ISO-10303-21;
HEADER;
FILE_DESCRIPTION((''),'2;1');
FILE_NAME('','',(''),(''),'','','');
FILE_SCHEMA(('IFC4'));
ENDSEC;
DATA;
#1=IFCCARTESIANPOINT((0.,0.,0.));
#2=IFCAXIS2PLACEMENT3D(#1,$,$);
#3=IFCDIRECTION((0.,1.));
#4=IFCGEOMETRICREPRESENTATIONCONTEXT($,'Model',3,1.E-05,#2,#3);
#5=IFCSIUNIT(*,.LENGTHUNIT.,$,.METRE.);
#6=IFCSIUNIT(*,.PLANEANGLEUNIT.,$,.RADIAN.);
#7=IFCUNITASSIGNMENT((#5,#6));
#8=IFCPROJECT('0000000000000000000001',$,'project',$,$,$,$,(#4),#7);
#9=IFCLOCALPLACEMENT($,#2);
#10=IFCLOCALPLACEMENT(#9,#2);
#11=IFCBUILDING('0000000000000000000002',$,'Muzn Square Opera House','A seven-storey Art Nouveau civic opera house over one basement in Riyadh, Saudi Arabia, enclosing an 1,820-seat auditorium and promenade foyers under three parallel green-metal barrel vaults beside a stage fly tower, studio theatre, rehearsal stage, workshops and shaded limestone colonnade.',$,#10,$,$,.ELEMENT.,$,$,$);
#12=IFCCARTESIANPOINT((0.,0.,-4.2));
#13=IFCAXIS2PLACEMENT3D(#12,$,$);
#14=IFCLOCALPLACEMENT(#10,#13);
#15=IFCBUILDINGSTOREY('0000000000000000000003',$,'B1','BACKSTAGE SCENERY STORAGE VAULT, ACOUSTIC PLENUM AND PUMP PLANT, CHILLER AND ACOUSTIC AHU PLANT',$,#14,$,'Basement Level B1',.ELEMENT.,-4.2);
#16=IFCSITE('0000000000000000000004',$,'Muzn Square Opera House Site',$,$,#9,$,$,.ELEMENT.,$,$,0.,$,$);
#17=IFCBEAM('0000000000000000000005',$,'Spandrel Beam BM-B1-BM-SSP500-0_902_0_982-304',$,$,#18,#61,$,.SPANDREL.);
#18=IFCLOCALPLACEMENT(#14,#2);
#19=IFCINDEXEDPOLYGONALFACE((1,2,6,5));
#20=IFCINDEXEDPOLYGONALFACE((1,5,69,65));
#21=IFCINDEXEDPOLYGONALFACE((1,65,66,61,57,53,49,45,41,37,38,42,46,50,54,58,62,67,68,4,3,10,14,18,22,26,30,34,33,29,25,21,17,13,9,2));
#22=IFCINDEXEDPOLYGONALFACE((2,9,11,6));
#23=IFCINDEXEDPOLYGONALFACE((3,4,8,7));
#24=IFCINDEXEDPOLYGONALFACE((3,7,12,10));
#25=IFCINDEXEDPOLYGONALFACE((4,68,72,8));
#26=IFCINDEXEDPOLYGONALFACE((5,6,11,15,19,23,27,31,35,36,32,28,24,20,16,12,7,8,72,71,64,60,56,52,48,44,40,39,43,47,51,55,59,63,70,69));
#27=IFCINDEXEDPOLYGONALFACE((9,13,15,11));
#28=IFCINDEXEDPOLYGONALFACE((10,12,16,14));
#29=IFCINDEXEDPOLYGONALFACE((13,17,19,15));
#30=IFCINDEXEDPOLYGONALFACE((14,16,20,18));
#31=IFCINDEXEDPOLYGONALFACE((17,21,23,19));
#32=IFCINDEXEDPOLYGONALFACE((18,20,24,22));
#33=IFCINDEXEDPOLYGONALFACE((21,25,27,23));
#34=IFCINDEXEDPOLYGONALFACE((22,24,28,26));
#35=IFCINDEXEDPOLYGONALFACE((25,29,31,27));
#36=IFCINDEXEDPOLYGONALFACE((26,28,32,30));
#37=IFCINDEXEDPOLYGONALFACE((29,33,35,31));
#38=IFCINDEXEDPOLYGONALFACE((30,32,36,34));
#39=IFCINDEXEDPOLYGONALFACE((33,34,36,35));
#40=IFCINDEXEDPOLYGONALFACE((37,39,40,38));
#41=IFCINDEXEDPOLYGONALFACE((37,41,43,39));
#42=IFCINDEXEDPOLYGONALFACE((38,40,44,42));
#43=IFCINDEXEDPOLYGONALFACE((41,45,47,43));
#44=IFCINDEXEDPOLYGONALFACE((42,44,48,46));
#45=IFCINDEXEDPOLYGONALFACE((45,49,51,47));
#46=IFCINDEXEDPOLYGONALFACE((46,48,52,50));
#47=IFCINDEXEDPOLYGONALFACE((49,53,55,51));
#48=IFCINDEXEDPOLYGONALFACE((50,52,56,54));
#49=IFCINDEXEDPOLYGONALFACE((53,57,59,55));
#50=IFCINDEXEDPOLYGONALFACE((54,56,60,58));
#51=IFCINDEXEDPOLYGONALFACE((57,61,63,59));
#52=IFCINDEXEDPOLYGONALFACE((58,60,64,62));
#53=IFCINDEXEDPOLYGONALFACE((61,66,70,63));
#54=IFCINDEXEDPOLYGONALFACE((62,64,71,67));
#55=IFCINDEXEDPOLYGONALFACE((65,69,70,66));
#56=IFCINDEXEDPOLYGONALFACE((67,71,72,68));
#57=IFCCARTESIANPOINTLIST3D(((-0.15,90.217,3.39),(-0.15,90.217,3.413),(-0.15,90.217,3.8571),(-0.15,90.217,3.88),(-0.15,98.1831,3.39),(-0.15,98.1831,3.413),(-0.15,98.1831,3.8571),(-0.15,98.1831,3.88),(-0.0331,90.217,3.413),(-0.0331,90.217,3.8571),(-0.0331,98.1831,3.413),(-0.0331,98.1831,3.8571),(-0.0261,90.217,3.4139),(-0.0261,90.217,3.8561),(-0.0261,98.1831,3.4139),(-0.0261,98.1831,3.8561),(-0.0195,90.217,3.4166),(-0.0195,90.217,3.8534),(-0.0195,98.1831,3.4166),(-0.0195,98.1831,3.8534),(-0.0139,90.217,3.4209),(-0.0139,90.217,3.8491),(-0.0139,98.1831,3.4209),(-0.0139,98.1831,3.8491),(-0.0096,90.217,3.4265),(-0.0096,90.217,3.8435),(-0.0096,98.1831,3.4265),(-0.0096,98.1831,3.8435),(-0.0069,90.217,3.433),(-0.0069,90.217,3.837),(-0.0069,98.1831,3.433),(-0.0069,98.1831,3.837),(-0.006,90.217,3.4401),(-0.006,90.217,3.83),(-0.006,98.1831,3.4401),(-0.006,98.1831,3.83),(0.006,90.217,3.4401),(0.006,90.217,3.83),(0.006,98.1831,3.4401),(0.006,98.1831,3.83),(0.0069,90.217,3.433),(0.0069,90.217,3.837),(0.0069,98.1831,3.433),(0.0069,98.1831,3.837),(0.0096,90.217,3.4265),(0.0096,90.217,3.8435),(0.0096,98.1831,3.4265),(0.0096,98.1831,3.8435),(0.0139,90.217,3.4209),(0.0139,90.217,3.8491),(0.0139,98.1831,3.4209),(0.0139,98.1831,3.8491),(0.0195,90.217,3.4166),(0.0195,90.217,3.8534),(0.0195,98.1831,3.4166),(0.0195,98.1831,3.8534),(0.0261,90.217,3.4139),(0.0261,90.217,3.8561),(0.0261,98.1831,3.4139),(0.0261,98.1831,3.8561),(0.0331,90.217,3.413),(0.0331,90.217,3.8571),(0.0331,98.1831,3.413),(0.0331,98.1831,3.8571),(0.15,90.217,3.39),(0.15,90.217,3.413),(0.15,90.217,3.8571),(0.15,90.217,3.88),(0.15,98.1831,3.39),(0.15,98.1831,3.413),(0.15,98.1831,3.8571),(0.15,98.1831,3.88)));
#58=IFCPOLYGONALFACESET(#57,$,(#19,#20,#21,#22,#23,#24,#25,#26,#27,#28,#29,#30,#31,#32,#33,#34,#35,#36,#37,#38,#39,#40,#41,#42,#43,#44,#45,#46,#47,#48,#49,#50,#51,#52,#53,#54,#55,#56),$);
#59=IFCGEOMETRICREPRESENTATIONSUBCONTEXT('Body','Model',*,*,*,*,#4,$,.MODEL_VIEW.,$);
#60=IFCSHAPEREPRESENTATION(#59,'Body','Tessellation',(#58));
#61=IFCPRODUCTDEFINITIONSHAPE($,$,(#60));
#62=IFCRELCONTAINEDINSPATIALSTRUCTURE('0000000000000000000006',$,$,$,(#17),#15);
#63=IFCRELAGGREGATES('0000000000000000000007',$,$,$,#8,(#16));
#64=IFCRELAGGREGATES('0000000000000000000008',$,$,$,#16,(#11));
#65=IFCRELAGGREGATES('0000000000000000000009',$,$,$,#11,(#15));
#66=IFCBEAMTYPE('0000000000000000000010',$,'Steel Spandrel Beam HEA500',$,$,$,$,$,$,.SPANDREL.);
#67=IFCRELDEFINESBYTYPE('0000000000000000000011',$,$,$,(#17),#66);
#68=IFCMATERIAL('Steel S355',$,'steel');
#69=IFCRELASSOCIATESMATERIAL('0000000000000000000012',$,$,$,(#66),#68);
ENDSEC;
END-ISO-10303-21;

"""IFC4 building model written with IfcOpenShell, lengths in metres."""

from ifc_helpers import new_model, si_unit, direction, frame, origin, origin_2d, place, context, subcontext, project, spatial, i_section, extrude, material, material_profile, profile_set, type_object, element, save


model = new_model("IFC4")

# Units and contexts
model_context = context("Model", 3, precision=1e-05, world=origin(), true_north=direction((0.0, 1.0)))
body_context = subcontext(model_context, "Body", "Model", "MODEL_VIEW")
ifc_project = project(units=[si_unit("LENGTHUNIT", "METRE"), si_unit("PLANEANGLEUNIT", "RADIAN")], contexts=[model_context])

# Site, building, storey
site_placement = place(None, origin())
site = spatial("IfcSite", under=ifc_project, at=site_placement, Name="Muzn Square Opera House Site", CompositionType="ELEMENT", RefElevation=0.0)
building_placement = place(site_placement, origin())
building = spatial("IfcBuilding", under=site, at=building_placement, Name="Muzn Square Opera House", Description="A seven-storey Art Nouveau civic opera house over one basement in Riyadh, Saudi Arabia, enclosing an 1,820-seat auditorium and promenade foyers under three parallel green-metal barrel vaults beside a stage fly tower, studio theatre, rehearsal stage, workshops and shaded limestone colonnade.", CompositionType="ELEMENT")
storey_placement = place(building_placement, frame((0.0, 0.0, -4.2)))
storey = spatial("IfcBuildingStorey", under=building, at=storey_placement, Name="B1", Description="BACKSTAGE SCENERY STORAGE VAULT, ACOUSTIC PLENUM AND PUMP PLANT, CHILLER AND ACOUSTIC AHU PLANT", LongName="Basement Level B1", CompositionType="ELEMENT", Elevation=-4.2)

# Beam
ifc_material_1 = material(Name="Steel S355", Category="steel")
ifc_material_profile_1 = material_profile(ifc_material_1, i_section(OverallWidth=0.3, OverallDepth=0.49, WebThickness=0.012, FlangeThickness=0.0229, FilletRadius=0.0271, at=origin_2d()), Name="HEA 500", Category="steel")
ifc_profile_set_1 = profile_set([ifc_material_profile_1], Name="Steel S355")
beam_type_1 = type_object("IfcBeamType", Name="Steel Spandrel Beam HEA500", PredefinedType="SPANDREL", material=ifc_profile_set_1)
beam_1_placement = place(storey_placement, frame((0.0, 90.217, 3.635), z_axis=(0.0, 1.0, 0.0), x_axis=(-1.0, 0.0, 0.0)))
element("IfcBeam", 1, at=beam_1_placement, inside=storey, type_object=beam_type_1, Name="Spandrel Beam BM-B1-BM-SSP500-0_902_0_982-304", PredefinedType="SPANDREL", context=body_context, shape_type="SweptSolid", body=[
    extrude(i_section(OverallWidth=0.3, OverallDepth=0.49, WebThickness=0.012, FlangeThickness=0.0229, FilletRadius=0.0271, at=origin_2d()), origin(), (0.0, 0.0, 1.0), 7.9661),
])

save(model, "model.ifc")
